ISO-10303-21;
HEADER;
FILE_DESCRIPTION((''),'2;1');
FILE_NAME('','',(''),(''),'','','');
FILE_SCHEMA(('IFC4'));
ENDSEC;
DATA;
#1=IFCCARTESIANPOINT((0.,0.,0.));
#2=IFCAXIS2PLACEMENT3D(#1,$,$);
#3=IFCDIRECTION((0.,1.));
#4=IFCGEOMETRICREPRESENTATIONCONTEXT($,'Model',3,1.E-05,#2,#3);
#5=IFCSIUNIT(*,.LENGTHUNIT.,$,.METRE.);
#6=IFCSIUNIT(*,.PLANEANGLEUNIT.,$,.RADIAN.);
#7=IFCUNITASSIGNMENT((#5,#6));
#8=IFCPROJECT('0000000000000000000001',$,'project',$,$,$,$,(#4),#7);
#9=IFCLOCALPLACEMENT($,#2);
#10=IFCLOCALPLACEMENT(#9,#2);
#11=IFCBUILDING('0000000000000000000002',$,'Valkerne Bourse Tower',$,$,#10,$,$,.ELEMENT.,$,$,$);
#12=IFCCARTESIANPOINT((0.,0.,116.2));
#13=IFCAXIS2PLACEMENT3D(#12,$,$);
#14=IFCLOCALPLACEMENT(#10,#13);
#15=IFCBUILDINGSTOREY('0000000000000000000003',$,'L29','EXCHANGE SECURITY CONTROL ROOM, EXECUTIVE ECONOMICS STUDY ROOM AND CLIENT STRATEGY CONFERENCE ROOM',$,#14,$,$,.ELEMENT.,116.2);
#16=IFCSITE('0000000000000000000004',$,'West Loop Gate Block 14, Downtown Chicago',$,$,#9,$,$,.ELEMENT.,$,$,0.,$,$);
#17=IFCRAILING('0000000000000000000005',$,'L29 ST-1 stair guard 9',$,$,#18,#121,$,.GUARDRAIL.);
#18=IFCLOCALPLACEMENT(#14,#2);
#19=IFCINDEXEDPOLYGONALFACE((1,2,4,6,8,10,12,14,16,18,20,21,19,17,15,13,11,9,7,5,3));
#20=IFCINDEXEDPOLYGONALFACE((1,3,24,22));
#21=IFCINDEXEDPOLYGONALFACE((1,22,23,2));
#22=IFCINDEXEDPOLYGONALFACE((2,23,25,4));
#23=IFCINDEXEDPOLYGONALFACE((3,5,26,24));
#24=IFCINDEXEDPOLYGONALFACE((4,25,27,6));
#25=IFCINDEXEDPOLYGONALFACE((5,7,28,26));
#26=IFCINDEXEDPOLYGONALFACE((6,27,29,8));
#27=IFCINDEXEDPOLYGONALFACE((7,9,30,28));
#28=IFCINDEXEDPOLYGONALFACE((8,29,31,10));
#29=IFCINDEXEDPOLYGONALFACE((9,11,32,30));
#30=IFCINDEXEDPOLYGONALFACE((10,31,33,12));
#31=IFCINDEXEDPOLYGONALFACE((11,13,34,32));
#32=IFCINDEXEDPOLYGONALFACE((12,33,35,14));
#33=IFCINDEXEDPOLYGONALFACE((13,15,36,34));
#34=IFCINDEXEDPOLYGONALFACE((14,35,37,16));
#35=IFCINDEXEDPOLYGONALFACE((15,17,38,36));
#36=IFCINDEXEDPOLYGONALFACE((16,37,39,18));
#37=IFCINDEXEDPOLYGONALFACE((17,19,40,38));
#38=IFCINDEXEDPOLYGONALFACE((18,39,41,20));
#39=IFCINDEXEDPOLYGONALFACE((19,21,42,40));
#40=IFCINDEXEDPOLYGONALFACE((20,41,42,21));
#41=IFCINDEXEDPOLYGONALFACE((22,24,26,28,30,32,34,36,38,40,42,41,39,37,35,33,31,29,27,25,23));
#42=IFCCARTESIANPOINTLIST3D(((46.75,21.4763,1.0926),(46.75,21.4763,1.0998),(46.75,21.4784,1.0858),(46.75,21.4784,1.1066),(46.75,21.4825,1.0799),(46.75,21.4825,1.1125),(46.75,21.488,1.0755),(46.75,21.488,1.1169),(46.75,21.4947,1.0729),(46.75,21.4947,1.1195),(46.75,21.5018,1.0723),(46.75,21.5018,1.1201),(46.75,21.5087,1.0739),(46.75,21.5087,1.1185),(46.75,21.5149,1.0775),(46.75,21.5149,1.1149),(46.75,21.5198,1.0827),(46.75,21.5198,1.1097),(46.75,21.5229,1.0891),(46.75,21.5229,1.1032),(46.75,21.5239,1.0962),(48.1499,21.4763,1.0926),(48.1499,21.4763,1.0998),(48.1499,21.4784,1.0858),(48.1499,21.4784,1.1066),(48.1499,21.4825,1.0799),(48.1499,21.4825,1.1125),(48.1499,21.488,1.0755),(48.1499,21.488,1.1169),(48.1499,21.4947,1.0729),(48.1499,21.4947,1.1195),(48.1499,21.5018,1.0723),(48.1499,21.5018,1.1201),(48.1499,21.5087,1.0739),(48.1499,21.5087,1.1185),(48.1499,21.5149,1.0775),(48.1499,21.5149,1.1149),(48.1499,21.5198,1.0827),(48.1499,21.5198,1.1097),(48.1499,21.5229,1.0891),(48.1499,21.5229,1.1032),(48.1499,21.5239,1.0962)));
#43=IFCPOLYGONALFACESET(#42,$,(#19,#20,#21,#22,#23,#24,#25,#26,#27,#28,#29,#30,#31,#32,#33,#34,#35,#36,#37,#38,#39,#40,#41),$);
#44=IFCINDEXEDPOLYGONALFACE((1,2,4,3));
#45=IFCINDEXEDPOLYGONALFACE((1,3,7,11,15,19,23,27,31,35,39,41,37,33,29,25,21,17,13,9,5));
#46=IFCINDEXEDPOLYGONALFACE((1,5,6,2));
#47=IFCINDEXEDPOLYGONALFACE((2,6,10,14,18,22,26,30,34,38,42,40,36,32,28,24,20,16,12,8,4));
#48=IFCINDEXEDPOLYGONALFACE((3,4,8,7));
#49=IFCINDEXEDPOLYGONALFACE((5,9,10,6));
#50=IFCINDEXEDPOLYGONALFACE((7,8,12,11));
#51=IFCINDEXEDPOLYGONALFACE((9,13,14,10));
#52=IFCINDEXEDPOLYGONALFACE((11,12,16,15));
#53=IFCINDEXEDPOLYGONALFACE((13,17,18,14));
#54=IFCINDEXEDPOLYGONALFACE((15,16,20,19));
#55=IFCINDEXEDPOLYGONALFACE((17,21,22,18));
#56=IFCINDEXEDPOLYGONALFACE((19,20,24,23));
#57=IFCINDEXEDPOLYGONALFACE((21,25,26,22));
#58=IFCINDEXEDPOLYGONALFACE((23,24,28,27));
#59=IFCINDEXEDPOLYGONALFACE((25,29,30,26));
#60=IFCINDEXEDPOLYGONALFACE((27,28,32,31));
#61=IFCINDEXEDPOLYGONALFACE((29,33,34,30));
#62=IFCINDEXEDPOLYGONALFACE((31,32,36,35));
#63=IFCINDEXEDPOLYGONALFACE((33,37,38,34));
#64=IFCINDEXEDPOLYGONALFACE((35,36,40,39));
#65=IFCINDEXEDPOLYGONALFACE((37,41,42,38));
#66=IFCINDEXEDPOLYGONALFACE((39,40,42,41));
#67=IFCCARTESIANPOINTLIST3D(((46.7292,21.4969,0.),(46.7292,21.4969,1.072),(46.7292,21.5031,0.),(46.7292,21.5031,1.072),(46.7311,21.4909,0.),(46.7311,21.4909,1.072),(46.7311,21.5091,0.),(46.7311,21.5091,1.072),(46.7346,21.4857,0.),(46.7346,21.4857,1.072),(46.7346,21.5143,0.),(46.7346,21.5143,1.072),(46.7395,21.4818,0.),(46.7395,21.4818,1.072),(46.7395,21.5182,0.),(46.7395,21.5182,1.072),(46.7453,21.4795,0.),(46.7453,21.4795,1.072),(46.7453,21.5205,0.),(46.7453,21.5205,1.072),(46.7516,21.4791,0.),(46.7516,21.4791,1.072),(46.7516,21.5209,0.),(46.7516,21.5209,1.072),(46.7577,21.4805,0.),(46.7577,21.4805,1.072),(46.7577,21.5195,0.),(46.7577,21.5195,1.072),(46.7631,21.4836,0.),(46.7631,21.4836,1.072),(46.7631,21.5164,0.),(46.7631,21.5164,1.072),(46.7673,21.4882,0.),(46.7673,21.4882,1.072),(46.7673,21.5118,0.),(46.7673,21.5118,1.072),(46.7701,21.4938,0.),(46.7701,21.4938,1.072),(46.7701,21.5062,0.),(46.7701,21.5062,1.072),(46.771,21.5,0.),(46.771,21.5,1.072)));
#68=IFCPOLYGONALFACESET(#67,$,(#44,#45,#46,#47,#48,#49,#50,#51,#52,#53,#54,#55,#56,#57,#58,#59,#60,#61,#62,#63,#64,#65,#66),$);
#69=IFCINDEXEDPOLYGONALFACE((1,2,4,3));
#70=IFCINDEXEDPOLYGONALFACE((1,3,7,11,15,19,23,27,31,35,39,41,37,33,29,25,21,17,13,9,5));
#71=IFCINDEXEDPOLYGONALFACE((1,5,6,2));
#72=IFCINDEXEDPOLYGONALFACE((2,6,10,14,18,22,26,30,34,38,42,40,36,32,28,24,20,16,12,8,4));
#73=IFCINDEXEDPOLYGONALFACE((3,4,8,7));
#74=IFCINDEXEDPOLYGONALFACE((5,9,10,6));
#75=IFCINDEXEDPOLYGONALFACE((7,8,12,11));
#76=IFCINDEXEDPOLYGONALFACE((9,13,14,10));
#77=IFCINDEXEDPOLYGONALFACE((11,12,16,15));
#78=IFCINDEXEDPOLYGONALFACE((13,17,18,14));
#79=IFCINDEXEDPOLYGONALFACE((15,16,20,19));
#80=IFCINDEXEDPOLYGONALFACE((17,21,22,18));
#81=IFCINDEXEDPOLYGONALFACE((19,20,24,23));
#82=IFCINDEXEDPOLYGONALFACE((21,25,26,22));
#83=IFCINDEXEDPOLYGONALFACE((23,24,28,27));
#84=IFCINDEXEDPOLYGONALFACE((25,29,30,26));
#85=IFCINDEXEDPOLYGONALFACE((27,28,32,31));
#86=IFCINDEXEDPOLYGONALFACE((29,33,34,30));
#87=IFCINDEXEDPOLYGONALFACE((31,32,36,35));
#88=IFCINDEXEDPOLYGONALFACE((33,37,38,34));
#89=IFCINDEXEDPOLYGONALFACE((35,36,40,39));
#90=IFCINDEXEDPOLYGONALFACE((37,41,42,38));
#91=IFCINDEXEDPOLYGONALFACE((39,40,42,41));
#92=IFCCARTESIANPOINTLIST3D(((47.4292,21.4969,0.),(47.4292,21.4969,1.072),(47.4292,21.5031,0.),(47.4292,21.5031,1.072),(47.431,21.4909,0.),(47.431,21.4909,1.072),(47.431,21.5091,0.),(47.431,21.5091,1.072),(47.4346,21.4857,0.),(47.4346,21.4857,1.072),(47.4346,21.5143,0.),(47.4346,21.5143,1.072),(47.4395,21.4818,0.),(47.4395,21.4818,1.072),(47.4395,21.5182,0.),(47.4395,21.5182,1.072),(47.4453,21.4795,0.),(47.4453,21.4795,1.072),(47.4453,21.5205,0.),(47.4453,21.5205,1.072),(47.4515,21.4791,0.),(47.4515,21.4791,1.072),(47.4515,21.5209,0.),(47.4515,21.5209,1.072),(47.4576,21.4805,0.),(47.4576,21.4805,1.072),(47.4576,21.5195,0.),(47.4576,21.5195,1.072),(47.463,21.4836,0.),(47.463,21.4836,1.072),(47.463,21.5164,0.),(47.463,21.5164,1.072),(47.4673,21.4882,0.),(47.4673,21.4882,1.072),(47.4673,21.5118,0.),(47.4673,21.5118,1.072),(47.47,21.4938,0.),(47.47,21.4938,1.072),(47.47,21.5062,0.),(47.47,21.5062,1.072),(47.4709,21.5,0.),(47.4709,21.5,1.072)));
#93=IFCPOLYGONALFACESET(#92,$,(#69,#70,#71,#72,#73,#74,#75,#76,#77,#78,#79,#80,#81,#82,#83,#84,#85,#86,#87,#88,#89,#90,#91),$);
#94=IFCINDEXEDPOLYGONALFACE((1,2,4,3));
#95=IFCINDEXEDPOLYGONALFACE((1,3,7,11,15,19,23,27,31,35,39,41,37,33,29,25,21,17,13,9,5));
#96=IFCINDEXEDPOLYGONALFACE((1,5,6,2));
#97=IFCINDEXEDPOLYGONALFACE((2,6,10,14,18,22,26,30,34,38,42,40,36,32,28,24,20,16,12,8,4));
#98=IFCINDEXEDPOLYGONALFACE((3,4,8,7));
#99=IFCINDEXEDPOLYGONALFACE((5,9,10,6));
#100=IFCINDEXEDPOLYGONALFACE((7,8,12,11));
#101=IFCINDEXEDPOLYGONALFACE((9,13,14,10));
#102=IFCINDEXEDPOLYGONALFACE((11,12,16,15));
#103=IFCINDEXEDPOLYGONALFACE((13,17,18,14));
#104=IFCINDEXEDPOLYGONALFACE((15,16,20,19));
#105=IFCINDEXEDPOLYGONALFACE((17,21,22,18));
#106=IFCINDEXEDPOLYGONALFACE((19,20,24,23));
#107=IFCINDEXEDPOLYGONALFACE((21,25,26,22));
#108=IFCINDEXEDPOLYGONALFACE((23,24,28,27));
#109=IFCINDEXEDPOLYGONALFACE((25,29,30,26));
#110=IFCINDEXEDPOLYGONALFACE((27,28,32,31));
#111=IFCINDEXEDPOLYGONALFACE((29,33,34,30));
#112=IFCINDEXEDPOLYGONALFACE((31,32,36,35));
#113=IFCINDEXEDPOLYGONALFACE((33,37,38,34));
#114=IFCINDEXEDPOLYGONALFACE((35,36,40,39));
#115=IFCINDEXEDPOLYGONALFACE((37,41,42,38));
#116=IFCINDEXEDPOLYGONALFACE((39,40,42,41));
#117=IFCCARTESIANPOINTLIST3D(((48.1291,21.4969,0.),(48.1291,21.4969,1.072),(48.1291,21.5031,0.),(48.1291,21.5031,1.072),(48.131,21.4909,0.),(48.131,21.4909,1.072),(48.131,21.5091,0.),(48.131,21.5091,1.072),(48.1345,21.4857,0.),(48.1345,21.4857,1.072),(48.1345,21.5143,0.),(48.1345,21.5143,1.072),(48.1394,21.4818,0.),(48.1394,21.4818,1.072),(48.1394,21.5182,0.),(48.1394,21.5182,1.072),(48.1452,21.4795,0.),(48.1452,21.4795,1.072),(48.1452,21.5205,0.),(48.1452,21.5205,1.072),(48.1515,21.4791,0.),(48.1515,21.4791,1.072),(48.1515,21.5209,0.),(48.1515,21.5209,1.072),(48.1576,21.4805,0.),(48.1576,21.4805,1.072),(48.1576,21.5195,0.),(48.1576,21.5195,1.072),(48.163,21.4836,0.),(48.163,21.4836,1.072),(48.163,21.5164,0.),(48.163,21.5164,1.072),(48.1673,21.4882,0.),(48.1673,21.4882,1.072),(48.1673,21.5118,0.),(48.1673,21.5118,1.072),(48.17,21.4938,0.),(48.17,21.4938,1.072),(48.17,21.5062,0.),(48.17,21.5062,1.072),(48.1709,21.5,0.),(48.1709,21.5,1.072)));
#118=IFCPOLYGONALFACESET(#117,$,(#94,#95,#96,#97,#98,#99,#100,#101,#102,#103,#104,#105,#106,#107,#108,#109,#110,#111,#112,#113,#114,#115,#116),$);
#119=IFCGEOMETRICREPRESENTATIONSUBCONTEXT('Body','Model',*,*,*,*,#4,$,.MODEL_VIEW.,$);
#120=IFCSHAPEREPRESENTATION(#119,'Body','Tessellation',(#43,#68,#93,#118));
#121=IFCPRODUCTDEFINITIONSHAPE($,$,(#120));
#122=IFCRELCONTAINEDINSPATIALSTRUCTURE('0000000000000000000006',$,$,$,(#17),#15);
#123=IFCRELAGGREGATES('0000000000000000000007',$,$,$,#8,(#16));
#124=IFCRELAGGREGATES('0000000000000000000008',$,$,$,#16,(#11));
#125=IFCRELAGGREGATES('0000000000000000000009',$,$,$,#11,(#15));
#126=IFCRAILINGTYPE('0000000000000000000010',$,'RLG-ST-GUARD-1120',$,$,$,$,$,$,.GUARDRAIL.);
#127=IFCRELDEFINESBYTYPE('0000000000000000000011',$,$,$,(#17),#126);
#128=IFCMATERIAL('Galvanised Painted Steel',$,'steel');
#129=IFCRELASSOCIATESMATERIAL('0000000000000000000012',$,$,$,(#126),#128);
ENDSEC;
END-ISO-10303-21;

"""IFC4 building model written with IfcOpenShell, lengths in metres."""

from ifc_helpers import new_model, si_unit, direction, frame, origin, origin_2d, place, context, subcontext, project, spatial, circle, extrude, material, type_object, element, save


model = new_model("IFC4")

# Units and contexts
model_context = context("Model", 3, precision=1e-05, world=origin(), true_north=direction((0.0, 1.0)))
body_context = subcontext(model_context, "Body", "Model", "MODEL_VIEW")
ifc_project = project(units=[si_unit("LENGTHUNIT", "METRE"), si_unit("PLANEANGLEUNIT", "RADIAN")], contexts=[model_context])

# Site, building, storey
site_placement = place(None, origin())
site = spatial("IfcSite", under=ifc_project, at=site_placement, Name="West Loop Gate Block 14, Downtown Chicago", CompositionType="ELEMENT", RefElevation=0.0)
building_placement = place(site_placement, origin())
building = spatial("IfcBuilding", under=site, at=building_placement, Name="Valkerne Bourse Tower", CompositionType="ELEMENT")
storey_placement = place(building_placement, frame((0.0, 0.0, 116.2)))
storey = spatial("IfcBuildingStorey", under=building, at=storey_placement, Name="L29", Description="EXCHANGE SECURITY CONTROL ROOM, EXECUTIVE ECONOMICS STUDY ROOM AND CLIENT STRATEGY CONFERENCE ROOM", CompositionType="ELEMENT", Elevation=116.2)

# Shared definitions
ifc_material_1 = material(Name="Galvanised Painted Steel", Category="steel")

# Railing
railing_type_1 = type_object("IfcRailingType", Name="RLG-ST-GUARD-1120", PredefinedType="GUARDRAIL", material=ifc_material_1)
for number, where, name in (
    (1, (46.75, 21.5, 0.0), "L29 ST-1 stair guard 9"),
):
    element("IfcRailing", number, at=place(storey_placement, frame(where)), inside=storey, type_object=railing_type_1, Name=name, PredefinedType="GUARDRAIL", context=body_context, shape_type="SweptSolid", body=[
        extrude(circle(Radius=0.0239, at=origin_2d()), frame((0.0, 0.0, 1.0962), z_axis=(1.0, 0.0, 0.0), x_axis=(0.0, 1.0, 0.0)), (0.0, 0.0, 1.0), 1.3999),
        extrude(circle(Radius=0.021, at=origin_2d()), origin(), (0.0, 0.0, 1.0), 1.072),
        extrude(circle(Radius=0.021, at=origin_2d()), frame((0.7, 0.0, 0.0)), (0.0, 0.0, 1.0), 1.072),
        extrude(circle(Radius=0.021, at=origin_2d()), frame((1.3999, 0.0, 0.0)), (0.0, 0.0, 1.0), 1.072),
    ])

save(model, "model.ifc")
